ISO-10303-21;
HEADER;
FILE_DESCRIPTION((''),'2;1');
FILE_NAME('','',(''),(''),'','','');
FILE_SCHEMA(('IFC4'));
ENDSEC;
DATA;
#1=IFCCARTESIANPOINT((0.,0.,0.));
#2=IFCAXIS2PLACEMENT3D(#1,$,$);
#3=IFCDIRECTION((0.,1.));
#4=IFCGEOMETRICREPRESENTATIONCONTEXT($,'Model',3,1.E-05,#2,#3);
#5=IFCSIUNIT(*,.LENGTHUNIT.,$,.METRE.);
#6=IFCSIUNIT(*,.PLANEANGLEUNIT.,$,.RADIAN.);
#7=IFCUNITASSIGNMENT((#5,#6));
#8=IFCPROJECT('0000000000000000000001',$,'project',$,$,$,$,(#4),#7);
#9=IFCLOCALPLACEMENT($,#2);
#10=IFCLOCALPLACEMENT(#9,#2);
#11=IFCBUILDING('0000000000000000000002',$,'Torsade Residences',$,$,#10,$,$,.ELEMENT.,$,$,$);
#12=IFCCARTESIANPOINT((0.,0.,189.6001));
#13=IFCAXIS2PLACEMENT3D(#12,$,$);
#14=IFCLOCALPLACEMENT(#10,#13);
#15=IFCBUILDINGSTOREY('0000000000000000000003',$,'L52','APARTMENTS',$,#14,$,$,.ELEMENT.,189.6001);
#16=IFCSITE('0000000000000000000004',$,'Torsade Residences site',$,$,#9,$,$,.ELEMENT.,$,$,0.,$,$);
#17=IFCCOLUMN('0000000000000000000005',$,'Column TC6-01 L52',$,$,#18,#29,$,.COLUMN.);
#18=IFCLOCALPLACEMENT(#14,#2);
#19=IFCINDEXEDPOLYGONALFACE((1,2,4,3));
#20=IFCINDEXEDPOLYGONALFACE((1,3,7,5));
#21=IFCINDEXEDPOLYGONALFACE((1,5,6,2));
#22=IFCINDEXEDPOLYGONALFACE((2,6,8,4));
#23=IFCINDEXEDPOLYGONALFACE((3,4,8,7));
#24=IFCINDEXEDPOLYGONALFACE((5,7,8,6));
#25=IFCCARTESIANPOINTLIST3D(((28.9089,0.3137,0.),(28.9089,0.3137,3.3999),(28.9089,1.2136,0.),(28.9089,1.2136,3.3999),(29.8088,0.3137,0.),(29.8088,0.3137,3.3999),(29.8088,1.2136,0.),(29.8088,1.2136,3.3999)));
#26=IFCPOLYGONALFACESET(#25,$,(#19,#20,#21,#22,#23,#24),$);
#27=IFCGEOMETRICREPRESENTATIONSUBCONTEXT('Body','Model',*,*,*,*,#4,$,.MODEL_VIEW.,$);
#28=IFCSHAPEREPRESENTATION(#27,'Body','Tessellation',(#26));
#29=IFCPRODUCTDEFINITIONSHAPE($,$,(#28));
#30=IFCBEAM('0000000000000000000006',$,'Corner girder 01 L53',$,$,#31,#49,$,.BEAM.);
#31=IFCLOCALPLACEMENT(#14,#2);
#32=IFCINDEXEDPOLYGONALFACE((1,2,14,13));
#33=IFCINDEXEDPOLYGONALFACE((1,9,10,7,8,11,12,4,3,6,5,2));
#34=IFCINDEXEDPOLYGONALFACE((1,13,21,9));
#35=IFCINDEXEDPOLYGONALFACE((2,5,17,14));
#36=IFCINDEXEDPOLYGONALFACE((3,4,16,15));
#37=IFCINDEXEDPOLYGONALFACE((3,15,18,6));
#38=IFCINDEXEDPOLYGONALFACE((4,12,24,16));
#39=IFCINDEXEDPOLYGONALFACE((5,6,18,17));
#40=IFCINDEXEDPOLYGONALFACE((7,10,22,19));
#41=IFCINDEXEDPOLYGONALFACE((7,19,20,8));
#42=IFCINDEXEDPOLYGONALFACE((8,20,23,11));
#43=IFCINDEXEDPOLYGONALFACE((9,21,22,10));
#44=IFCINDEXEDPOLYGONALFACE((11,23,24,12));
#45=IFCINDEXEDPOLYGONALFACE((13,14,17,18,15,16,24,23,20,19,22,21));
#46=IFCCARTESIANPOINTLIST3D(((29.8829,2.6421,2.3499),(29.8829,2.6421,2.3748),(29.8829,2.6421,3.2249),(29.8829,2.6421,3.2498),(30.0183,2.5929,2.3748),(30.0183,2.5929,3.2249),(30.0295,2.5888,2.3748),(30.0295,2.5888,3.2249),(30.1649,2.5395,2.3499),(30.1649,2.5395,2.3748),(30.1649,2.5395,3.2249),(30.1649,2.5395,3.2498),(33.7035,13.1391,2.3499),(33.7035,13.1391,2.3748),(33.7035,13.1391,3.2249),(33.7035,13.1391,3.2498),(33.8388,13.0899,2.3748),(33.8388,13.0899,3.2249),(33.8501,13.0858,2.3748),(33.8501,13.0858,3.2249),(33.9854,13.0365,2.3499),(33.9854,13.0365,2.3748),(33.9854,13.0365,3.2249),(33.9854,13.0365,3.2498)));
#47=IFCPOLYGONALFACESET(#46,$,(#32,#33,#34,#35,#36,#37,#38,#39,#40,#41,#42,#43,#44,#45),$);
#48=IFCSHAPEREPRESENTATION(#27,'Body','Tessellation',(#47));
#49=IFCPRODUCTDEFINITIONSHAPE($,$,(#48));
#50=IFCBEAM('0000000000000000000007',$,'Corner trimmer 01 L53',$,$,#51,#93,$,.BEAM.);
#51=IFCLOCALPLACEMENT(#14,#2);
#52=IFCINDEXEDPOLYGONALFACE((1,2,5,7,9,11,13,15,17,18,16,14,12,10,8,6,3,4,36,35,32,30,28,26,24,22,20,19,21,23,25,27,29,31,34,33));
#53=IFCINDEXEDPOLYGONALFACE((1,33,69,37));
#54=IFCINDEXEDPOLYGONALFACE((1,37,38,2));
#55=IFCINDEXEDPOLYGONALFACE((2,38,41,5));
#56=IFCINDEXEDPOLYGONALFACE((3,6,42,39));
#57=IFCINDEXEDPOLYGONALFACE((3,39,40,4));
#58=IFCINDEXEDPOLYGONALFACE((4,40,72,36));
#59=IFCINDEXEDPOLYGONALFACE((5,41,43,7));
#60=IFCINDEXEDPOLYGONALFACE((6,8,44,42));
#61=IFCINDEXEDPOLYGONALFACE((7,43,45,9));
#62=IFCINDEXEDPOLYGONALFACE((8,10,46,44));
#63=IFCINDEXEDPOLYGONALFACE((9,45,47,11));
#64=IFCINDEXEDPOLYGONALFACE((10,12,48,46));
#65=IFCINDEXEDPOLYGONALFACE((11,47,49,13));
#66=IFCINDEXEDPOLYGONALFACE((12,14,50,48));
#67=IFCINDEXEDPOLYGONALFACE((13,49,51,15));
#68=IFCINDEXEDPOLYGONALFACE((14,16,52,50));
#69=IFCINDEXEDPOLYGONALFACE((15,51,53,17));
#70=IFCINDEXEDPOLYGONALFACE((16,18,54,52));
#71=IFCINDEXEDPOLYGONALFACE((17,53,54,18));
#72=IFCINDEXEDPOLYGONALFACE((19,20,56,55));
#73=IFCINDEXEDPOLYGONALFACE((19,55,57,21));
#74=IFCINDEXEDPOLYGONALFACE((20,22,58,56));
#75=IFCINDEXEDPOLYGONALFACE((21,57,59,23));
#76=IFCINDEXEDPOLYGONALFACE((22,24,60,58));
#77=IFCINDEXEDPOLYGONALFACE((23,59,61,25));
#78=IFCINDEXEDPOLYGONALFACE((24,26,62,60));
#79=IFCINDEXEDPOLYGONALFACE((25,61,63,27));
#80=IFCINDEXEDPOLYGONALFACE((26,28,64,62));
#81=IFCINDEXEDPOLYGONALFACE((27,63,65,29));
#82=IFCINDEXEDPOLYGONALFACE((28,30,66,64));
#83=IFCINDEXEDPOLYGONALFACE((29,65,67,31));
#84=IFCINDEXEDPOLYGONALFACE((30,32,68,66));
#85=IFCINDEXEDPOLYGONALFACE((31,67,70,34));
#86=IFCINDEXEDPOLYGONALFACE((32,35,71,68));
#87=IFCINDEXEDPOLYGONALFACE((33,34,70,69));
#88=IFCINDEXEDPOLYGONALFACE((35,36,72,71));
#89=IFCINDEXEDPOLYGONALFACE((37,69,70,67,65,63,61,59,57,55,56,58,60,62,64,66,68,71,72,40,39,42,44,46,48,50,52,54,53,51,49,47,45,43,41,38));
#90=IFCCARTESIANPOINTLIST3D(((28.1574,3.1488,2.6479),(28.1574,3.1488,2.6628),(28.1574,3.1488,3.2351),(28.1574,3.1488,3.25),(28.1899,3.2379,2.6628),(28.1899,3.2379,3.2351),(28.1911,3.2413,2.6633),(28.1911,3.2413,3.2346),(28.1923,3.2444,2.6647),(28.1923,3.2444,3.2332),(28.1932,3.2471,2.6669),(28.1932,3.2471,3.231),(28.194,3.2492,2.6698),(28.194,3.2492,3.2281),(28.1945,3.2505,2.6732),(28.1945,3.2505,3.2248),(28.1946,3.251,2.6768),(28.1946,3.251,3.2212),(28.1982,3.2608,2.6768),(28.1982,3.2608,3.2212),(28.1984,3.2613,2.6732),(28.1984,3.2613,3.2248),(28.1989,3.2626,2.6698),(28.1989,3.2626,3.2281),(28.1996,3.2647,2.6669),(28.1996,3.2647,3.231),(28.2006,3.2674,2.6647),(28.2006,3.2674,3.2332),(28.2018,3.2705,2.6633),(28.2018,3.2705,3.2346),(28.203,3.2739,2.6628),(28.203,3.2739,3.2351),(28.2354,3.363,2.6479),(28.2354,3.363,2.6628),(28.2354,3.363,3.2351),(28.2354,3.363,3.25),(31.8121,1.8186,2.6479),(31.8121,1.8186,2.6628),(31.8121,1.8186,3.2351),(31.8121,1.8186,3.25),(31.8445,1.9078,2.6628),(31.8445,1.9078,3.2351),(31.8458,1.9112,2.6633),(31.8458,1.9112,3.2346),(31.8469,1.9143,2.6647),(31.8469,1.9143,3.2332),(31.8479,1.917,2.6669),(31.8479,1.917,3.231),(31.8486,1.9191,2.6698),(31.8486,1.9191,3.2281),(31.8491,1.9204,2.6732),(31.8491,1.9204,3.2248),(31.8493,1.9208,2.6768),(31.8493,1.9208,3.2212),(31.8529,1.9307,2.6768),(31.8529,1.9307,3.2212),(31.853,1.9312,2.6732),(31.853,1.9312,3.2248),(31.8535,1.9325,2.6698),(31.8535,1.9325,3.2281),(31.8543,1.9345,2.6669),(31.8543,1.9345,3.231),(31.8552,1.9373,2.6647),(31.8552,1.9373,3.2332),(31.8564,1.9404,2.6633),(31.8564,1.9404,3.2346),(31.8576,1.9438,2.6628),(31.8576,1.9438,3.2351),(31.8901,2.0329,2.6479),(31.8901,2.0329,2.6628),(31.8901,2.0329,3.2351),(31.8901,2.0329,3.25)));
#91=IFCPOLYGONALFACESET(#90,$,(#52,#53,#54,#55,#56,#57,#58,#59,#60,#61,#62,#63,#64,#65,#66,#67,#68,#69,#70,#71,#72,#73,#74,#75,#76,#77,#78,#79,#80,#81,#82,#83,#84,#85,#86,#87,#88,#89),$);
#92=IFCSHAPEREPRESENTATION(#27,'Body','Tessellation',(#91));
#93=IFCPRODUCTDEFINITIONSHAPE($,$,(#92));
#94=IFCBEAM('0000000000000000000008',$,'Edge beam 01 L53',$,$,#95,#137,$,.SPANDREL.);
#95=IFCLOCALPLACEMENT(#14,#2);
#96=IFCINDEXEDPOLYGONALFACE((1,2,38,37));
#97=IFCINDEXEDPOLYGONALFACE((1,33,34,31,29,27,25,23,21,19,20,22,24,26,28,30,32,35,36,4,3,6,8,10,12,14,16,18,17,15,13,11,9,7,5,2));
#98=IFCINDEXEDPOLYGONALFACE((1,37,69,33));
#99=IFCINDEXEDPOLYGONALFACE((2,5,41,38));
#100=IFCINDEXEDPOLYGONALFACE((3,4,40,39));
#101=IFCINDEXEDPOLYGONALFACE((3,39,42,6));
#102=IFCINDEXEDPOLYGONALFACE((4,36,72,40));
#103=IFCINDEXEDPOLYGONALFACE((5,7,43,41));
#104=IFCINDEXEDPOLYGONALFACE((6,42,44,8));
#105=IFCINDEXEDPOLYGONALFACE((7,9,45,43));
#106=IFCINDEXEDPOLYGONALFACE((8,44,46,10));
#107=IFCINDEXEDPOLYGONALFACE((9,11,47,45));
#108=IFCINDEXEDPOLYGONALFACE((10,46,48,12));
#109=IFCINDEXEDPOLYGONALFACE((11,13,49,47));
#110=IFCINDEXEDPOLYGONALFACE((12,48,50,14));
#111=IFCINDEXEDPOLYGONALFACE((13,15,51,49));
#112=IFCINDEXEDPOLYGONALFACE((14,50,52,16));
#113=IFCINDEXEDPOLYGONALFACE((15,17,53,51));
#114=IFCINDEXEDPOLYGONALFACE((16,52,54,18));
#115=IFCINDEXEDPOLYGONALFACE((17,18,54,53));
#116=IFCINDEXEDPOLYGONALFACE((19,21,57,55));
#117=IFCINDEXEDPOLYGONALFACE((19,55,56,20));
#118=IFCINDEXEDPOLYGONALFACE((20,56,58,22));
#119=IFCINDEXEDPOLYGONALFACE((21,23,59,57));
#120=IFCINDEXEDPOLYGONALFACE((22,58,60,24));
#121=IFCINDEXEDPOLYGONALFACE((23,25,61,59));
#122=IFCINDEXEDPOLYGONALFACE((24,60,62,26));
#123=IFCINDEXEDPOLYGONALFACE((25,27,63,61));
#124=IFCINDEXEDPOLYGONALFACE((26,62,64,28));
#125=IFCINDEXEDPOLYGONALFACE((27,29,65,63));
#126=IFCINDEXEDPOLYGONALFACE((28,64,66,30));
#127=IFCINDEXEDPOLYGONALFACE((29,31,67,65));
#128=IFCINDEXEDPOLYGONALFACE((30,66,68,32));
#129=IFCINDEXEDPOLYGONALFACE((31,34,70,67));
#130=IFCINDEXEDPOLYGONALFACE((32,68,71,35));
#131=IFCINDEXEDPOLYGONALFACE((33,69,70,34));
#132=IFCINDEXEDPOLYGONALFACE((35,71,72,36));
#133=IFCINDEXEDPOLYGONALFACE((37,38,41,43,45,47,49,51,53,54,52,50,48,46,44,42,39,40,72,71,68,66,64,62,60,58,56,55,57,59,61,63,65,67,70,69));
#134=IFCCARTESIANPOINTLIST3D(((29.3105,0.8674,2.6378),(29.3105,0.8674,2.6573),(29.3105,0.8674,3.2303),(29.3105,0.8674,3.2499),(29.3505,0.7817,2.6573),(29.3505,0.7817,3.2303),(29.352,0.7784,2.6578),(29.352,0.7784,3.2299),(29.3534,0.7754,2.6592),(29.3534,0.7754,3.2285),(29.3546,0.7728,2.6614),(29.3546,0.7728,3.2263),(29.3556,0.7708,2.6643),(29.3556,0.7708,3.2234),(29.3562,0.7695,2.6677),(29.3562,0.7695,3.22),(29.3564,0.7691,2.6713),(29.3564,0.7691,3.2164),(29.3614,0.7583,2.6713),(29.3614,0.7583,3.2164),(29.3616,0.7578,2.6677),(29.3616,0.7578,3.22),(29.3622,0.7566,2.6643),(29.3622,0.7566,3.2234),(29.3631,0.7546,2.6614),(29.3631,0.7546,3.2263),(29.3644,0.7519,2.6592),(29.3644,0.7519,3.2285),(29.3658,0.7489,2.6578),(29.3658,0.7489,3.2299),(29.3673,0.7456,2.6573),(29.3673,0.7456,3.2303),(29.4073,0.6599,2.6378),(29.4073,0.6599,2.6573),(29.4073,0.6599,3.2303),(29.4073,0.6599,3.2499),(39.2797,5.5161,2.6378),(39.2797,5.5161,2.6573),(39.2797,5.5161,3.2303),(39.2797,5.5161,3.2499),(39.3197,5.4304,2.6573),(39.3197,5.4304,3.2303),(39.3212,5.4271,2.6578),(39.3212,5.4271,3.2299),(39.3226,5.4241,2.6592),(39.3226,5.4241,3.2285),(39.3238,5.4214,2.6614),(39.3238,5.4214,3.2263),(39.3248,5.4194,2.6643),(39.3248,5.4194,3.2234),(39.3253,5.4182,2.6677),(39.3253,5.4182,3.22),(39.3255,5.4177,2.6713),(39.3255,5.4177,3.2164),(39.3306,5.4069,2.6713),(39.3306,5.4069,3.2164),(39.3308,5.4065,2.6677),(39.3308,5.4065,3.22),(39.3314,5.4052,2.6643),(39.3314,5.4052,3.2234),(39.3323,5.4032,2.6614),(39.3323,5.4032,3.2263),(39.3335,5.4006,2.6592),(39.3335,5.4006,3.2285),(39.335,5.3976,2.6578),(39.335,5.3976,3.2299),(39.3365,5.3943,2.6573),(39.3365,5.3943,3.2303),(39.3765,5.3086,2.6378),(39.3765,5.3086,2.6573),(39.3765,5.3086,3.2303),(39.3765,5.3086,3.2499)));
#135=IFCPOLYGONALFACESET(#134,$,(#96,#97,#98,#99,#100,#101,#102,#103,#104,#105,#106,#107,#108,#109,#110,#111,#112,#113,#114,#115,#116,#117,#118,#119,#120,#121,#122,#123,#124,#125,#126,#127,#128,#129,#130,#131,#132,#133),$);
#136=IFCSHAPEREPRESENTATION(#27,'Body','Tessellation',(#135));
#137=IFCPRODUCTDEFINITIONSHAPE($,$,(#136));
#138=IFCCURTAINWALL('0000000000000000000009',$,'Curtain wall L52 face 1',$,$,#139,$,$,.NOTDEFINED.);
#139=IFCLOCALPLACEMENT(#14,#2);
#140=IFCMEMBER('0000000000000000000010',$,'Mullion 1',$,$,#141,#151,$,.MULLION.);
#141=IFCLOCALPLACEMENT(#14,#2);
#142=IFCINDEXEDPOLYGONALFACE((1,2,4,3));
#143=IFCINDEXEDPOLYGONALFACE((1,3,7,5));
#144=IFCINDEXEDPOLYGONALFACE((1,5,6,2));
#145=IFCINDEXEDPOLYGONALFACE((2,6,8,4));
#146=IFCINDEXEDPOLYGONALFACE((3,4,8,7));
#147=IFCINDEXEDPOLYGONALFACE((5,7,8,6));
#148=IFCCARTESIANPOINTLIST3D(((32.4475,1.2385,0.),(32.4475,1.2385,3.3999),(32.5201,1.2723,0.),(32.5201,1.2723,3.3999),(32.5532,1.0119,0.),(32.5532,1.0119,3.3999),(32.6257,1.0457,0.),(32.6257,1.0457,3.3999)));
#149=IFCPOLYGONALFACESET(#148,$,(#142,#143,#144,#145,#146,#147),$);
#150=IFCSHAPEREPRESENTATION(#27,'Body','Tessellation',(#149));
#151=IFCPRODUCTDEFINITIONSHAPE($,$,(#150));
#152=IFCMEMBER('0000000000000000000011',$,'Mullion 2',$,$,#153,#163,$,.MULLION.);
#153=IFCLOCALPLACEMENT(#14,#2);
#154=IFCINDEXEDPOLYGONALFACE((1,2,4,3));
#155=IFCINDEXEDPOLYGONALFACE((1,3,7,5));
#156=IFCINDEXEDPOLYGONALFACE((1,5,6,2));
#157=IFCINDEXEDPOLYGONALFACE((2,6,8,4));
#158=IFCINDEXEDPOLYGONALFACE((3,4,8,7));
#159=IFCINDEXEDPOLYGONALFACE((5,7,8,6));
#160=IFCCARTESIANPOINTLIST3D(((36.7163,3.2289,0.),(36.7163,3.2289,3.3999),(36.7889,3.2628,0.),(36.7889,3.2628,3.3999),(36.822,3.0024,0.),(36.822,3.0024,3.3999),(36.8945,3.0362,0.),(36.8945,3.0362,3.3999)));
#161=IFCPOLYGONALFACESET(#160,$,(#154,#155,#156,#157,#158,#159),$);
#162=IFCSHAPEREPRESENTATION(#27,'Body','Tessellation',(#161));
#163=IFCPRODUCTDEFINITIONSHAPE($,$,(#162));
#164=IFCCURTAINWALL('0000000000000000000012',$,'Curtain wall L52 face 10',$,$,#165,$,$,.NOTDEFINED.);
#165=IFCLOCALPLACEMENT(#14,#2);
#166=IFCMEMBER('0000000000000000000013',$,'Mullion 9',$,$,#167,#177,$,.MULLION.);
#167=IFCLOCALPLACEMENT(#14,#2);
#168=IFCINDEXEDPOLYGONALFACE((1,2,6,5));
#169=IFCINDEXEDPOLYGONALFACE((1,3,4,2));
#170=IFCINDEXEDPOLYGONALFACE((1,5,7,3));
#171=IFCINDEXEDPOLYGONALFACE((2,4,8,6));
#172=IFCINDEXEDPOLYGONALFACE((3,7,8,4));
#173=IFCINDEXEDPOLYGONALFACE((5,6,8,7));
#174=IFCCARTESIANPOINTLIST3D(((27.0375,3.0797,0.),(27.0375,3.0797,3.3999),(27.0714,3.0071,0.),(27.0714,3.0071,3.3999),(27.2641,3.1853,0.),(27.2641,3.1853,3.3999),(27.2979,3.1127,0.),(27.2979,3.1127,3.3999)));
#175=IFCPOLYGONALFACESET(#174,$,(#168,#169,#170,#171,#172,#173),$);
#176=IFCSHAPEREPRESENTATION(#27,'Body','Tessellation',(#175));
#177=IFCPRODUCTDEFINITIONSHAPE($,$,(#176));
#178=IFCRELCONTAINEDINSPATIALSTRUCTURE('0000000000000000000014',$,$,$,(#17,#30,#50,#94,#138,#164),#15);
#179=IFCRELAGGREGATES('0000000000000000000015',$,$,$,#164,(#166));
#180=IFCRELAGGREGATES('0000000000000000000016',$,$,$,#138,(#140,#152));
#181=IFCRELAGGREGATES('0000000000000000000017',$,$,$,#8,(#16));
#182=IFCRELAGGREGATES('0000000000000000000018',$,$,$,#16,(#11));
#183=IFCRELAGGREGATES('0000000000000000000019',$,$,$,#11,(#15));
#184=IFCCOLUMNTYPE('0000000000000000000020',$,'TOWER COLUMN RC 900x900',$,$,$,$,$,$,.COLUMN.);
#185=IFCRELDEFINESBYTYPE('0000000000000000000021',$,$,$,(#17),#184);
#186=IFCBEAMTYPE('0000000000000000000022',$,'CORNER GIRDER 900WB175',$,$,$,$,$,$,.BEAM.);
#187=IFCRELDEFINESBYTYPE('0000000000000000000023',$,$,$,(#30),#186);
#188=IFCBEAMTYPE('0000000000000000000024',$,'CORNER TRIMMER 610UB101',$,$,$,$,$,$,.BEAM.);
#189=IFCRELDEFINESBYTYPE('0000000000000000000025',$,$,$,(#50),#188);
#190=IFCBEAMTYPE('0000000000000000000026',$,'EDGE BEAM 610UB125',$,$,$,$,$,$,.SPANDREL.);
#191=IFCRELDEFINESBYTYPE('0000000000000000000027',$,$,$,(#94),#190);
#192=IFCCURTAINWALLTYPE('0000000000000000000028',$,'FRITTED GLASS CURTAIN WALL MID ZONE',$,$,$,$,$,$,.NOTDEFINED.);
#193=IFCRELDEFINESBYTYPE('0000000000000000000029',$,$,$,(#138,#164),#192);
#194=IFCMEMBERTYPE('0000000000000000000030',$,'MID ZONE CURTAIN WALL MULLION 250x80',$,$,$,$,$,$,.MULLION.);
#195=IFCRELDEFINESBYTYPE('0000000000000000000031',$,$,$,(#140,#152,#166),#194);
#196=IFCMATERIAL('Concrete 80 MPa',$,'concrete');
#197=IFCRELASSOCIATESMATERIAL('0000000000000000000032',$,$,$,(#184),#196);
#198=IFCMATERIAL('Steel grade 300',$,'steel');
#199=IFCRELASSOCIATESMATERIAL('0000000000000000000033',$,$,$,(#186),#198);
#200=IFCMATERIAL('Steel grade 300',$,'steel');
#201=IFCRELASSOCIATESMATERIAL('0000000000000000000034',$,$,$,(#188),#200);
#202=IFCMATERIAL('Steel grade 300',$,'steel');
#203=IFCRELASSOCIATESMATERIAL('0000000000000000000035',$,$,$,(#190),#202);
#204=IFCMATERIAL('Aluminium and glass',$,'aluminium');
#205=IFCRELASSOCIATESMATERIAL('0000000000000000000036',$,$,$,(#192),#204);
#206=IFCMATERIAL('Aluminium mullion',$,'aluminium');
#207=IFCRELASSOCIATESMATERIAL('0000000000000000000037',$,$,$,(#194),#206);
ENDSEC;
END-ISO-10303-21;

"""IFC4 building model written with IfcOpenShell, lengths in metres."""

from ifc_helpers import new_model, si_unit, direction, frame, origin, origin_2d, place, context, subcontext, project, spatial, rectangle, i_section, extrude, material, material_profile, profile_set, type_object, element, aggregate, save


model = new_model("IFC4")

# Units and contexts
model_context = context("Model", 3, precision=1e-05, world=origin(), true_north=direction((0.0, 1.0)))
body_context = subcontext(model_context, "Body", "Model", "MODEL_VIEW")
ifc_project = project(units=[si_unit("LENGTHUNIT", "METRE"), si_unit("PLANEANGLEUNIT", "RADIAN")], contexts=[model_context])

# Site, building, storey
site_placement = place(None, origin())
site = spatial("IfcSite", under=ifc_project, at=site_placement, Name="Torsade Residences site", CompositionType="ELEMENT", RefElevation=0.0)
building_placement = place(site_placement, origin())
building = spatial("IfcBuilding", under=site, at=building_placement, Name="Torsade Residences", CompositionType="ELEMENT")
storey_placement = place(building_placement, frame((0.0, 0.0, 189.6001)))
storey = spatial("IfcBuildingStorey", under=building, at=storey_placement, Name="L52", Description="APARTMENTS", CompositionType="ELEMENT", Elevation=189.6001)

# Column
ifc_material_1 = material(Name="Concrete 80 MPa", Category="concrete")
ifc_material_profile_1 = material_profile(ifc_material_1, rectangle(XDim=0.8999, YDim=0.8999, at=origin_2d()), Name="RC 900x900")
ifc_profile_set_1 = profile_set([ifc_material_profile_1], Name="Concrete 80 MPa")
column_type = type_object("IfcColumnType", Name="TOWER COLUMN RC 900x900", PredefinedType="COLUMN", material=ifc_profile_set_1)
column_placement = place(storey_placement, frame((29.3589, 0.7637, 0.0), z_axis=(0.0, 0.0, 1.0), x_axis=(1.0, 0.0, 0.0)))
element("IfcColumn", 1, at=column_placement, inside=storey, type_object=column_type, Name="Column TC6-01 L52", PredefinedType="COLUMN", context=body_context, shape_type="SweptSolid", body=[
    extrude(rectangle(XDim=0.8999, YDim=0.8999, at=origin_2d()), origin(), (0.0, 0.0, 1.0), 3.3999),
])

# Beams
ifc_material_2 = material(Name="Steel grade 300", Category="steel")
ifc_material_profile_2 = material_profile(ifc_material_2, i_section(OverallWidth=0.3, OverallDepth=0.8999, WebThickness=0.012, FlangeThickness=0.0249, at=origin_2d()), Name="900WB175")
ifc_profile_set_2 = profile_set([ifc_material_profile_2], Name="Steel grade 300")
beam_type_1 = type_object("IfcBeamType", Name="CORNER GIRDER 900WB175", PredefinedType="BEAM", material=ifc_profile_set_2)
beam_1_placement = place(storey_placement, frame((30.0239, 2.5908, 2.7998), z_axis=(0.342015, 0.939694, 0.0), x_axis=(-0.939694, 0.342015, 0.0)))
element("IfcBeam", 2, at=beam_1_placement, inside=storey, type_object=beam_type_1, Name="Corner girder 01 L53", PredefinedType="BEAM", context=body_context, shape_type="SweptSolid", body=[
    extrude(i_section(OverallWidth=0.3, OverallDepth=0.8999, WebThickness=0.012, FlangeThickness=0.0249, at=origin_2d()), origin(), (0.0, 0.0, 1.0), 11.1707),
])
ifc_material_3 = material(Name="Steel grade 300", Category="steel")
ifc_material_profile_3 = material_profile(ifc_material_3, i_section(OverallWidth=0.228, OverallDepth=0.6021, WebThickness=0.0105, FlangeThickness=0.0149, FilletRadius=0.0139, at=origin_2d()), Name="610UB101")
ifc_profile_set_3 = profile_set([ifc_material_profile_3], Name="Steel grade 300")
beam_type_2 = type_object("IfcBeamType", Name="CORNER TRIMMER 610UB101", PredefinedType="BEAM", material=ifc_profile_set_3)
beam_2_placement = place(storey_placement, frame((31.8511, 1.9258, 2.949), z_axis=(-0.939698, 0.342005, 0.0), x_axis=(-0.342005, -0.939698, 0.0)))
element("IfcBeam", 3, at=beam_2_placement, inside=storey, type_object=beam_type_2, Name="Corner trimmer 01 L53", PredefinedType="BEAM", context=body_context, shape_type="SweptSolid", body=[
    extrude(i_section(OverallWidth=0.228, OverallDepth=0.6021, WebThickness=0.0105, FlangeThickness=0.0149, FilletRadius=0.0139, at=origin_2d()), origin(), (0.0, 0.0, 1.0), 3.8892),
])
ifc_material_4 = material(Name="Steel grade 300", Category="steel")
ifc_material_profile_4 = material_profile(ifc_material_4, i_section(OverallWidth=0.229, OverallDepth=0.6121, WebThickness=0.012, FlangeThickness=0.0195, FilletRadius=0.0139, at=origin_2d()), Name="610UB125")
ifc_profile_set_4 = profile_set([ifc_material_profile_4], Name="Steel grade 300")
beam_type_3 = type_object("IfcBeamType", Name="EDGE BEAM 610UB125", PredefinedType="SPANDREL", material=ifc_profile_set_4)
beam_3_placement = place(storey_placement, frame((29.3589, 0.7637, 2.9438), z_axis=(0.90631, 0.422614, 0.0), x_axis=(-0.422614, 0.90631, 0.0)))
element("IfcBeam", 4, at=beam_3_placement, inside=storey, type_object=beam_type_3, Name="Edge beam 01 L53", PredefinedType="SPANDREL", context=body_context, shape_type="SweptSolid", body=[
    extrude(i_section(OverallWidth=0.229, OverallDepth=0.6121, WebThickness=0.012, FlangeThickness=0.0195, FilletRadius=0.0139, at=origin_2d()), origin(), (0.0, 0.0, 1.0), 10.9998),
])

# Curtain wall, members
ifc_material_5 = material(Name="Aluminium and glass", Category="aluminium")
curtain_wall_type = type_object("IfcCurtainWallType", Name="FRITTED GLASS CURTAIN WALL MID ZONE", PredefinedType="NOTDEFINED", material=ifc_material_5)
curtain_wall_1_placement = place(storey_placement, origin())
curtain_wall_1 = element("IfcCurtainWall", 5, at=curtain_wall_1_placement, inside=storey, type_object=curtain_wall_type, Name="Curtain wall L52 face 1", PredefinedType="NOTDEFINED")
ifc_material_6 = material(Name="Aluminium mullion", Category="aluminium")
ifc_material_profile_5 = material_profile(ifc_material_6, rectangle(XDim=0.25, YDim=0.0801, at=origin_2d()), Name="MID ZONE CURTAIN WALL MULLION 250x80")
ifc_profile_set_5 = profile_set([ifc_material_profile_5], Name="Aluminium mullion")
member_type_1 = type_object("IfcMemberType", Name="MID ZONE CURTAIN WALL MULLION 250x80", PredefinedType="MULLION", material=ifc_profile_set_5)
member_1_placement = place(storey_placement, frame((32.5366, 1.1421, 0.0), z_axis=(0.0, 0.0, 1.0), x_axis=(-0.422618, 0.906308, 0.0)))
member_1 = element("IfcMember", 6, at=member_1_placement, type_object=member_type_1, Name="Mullion 1", PredefinedType="MULLION", context=body_context, shape_type="SweptSolid", body=[
    extrude(rectangle(XDim=0.25, YDim=0.0801, at=origin_2d()), origin(), (0.0, 0.0, 1.0), 3.3999),
])
member_2_placement = place(storey_placement, frame((36.8054, 3.1326, 0.0), z_axis=(0.0, 0.0, 1.0), x_axis=(-0.422618, 0.906308, 0.0)))
member_2 = element("IfcMember", 7, at=member_2_placement, type_object=member_type_1, Name="Mullion 2", PredefinedType="MULLION", context=body_context, shape_type="SweptSolid", body=[
    extrude(rectangle(XDim=0.25, YDim=0.0801, at=origin_2d()), origin(), (0.0, 0.0, 1.0), 3.3999),
])

# Curtain wall, member
curtain_wall_2_placement = place(storey_placement, origin())
curtain_wall_2 = element("IfcCurtainWall", 8, at=curtain_wall_2_placement, inside=storey, type_object=curtain_wall_type, Name="Curtain wall L52 face 10", PredefinedType="NOTDEFINED")
member_3_placement = place(storey_placement, frame((27.1677, 3.0962, 0.0), z_axis=(0.0, 0.0, 1.0), x_axis=(0.906308, 0.422618, 0.0)))
member_3 = element("IfcMember", 9, at=member_3_placement, type_object=member_type_1, Name="Mullion 9", PredefinedType="MULLION", context=body_context, shape_type="SweptSolid", body=[
    extrude(rectangle(XDim=0.25, YDim=0.0801, at=origin_2d()), origin(), (0.0, 0.0, 1.0), 3.3999),
])
aggregate(curtain_wall_2, [member_3])

aggregate(curtain_wall_1, [member_1, member_2])

save(model, "model.ifc")
